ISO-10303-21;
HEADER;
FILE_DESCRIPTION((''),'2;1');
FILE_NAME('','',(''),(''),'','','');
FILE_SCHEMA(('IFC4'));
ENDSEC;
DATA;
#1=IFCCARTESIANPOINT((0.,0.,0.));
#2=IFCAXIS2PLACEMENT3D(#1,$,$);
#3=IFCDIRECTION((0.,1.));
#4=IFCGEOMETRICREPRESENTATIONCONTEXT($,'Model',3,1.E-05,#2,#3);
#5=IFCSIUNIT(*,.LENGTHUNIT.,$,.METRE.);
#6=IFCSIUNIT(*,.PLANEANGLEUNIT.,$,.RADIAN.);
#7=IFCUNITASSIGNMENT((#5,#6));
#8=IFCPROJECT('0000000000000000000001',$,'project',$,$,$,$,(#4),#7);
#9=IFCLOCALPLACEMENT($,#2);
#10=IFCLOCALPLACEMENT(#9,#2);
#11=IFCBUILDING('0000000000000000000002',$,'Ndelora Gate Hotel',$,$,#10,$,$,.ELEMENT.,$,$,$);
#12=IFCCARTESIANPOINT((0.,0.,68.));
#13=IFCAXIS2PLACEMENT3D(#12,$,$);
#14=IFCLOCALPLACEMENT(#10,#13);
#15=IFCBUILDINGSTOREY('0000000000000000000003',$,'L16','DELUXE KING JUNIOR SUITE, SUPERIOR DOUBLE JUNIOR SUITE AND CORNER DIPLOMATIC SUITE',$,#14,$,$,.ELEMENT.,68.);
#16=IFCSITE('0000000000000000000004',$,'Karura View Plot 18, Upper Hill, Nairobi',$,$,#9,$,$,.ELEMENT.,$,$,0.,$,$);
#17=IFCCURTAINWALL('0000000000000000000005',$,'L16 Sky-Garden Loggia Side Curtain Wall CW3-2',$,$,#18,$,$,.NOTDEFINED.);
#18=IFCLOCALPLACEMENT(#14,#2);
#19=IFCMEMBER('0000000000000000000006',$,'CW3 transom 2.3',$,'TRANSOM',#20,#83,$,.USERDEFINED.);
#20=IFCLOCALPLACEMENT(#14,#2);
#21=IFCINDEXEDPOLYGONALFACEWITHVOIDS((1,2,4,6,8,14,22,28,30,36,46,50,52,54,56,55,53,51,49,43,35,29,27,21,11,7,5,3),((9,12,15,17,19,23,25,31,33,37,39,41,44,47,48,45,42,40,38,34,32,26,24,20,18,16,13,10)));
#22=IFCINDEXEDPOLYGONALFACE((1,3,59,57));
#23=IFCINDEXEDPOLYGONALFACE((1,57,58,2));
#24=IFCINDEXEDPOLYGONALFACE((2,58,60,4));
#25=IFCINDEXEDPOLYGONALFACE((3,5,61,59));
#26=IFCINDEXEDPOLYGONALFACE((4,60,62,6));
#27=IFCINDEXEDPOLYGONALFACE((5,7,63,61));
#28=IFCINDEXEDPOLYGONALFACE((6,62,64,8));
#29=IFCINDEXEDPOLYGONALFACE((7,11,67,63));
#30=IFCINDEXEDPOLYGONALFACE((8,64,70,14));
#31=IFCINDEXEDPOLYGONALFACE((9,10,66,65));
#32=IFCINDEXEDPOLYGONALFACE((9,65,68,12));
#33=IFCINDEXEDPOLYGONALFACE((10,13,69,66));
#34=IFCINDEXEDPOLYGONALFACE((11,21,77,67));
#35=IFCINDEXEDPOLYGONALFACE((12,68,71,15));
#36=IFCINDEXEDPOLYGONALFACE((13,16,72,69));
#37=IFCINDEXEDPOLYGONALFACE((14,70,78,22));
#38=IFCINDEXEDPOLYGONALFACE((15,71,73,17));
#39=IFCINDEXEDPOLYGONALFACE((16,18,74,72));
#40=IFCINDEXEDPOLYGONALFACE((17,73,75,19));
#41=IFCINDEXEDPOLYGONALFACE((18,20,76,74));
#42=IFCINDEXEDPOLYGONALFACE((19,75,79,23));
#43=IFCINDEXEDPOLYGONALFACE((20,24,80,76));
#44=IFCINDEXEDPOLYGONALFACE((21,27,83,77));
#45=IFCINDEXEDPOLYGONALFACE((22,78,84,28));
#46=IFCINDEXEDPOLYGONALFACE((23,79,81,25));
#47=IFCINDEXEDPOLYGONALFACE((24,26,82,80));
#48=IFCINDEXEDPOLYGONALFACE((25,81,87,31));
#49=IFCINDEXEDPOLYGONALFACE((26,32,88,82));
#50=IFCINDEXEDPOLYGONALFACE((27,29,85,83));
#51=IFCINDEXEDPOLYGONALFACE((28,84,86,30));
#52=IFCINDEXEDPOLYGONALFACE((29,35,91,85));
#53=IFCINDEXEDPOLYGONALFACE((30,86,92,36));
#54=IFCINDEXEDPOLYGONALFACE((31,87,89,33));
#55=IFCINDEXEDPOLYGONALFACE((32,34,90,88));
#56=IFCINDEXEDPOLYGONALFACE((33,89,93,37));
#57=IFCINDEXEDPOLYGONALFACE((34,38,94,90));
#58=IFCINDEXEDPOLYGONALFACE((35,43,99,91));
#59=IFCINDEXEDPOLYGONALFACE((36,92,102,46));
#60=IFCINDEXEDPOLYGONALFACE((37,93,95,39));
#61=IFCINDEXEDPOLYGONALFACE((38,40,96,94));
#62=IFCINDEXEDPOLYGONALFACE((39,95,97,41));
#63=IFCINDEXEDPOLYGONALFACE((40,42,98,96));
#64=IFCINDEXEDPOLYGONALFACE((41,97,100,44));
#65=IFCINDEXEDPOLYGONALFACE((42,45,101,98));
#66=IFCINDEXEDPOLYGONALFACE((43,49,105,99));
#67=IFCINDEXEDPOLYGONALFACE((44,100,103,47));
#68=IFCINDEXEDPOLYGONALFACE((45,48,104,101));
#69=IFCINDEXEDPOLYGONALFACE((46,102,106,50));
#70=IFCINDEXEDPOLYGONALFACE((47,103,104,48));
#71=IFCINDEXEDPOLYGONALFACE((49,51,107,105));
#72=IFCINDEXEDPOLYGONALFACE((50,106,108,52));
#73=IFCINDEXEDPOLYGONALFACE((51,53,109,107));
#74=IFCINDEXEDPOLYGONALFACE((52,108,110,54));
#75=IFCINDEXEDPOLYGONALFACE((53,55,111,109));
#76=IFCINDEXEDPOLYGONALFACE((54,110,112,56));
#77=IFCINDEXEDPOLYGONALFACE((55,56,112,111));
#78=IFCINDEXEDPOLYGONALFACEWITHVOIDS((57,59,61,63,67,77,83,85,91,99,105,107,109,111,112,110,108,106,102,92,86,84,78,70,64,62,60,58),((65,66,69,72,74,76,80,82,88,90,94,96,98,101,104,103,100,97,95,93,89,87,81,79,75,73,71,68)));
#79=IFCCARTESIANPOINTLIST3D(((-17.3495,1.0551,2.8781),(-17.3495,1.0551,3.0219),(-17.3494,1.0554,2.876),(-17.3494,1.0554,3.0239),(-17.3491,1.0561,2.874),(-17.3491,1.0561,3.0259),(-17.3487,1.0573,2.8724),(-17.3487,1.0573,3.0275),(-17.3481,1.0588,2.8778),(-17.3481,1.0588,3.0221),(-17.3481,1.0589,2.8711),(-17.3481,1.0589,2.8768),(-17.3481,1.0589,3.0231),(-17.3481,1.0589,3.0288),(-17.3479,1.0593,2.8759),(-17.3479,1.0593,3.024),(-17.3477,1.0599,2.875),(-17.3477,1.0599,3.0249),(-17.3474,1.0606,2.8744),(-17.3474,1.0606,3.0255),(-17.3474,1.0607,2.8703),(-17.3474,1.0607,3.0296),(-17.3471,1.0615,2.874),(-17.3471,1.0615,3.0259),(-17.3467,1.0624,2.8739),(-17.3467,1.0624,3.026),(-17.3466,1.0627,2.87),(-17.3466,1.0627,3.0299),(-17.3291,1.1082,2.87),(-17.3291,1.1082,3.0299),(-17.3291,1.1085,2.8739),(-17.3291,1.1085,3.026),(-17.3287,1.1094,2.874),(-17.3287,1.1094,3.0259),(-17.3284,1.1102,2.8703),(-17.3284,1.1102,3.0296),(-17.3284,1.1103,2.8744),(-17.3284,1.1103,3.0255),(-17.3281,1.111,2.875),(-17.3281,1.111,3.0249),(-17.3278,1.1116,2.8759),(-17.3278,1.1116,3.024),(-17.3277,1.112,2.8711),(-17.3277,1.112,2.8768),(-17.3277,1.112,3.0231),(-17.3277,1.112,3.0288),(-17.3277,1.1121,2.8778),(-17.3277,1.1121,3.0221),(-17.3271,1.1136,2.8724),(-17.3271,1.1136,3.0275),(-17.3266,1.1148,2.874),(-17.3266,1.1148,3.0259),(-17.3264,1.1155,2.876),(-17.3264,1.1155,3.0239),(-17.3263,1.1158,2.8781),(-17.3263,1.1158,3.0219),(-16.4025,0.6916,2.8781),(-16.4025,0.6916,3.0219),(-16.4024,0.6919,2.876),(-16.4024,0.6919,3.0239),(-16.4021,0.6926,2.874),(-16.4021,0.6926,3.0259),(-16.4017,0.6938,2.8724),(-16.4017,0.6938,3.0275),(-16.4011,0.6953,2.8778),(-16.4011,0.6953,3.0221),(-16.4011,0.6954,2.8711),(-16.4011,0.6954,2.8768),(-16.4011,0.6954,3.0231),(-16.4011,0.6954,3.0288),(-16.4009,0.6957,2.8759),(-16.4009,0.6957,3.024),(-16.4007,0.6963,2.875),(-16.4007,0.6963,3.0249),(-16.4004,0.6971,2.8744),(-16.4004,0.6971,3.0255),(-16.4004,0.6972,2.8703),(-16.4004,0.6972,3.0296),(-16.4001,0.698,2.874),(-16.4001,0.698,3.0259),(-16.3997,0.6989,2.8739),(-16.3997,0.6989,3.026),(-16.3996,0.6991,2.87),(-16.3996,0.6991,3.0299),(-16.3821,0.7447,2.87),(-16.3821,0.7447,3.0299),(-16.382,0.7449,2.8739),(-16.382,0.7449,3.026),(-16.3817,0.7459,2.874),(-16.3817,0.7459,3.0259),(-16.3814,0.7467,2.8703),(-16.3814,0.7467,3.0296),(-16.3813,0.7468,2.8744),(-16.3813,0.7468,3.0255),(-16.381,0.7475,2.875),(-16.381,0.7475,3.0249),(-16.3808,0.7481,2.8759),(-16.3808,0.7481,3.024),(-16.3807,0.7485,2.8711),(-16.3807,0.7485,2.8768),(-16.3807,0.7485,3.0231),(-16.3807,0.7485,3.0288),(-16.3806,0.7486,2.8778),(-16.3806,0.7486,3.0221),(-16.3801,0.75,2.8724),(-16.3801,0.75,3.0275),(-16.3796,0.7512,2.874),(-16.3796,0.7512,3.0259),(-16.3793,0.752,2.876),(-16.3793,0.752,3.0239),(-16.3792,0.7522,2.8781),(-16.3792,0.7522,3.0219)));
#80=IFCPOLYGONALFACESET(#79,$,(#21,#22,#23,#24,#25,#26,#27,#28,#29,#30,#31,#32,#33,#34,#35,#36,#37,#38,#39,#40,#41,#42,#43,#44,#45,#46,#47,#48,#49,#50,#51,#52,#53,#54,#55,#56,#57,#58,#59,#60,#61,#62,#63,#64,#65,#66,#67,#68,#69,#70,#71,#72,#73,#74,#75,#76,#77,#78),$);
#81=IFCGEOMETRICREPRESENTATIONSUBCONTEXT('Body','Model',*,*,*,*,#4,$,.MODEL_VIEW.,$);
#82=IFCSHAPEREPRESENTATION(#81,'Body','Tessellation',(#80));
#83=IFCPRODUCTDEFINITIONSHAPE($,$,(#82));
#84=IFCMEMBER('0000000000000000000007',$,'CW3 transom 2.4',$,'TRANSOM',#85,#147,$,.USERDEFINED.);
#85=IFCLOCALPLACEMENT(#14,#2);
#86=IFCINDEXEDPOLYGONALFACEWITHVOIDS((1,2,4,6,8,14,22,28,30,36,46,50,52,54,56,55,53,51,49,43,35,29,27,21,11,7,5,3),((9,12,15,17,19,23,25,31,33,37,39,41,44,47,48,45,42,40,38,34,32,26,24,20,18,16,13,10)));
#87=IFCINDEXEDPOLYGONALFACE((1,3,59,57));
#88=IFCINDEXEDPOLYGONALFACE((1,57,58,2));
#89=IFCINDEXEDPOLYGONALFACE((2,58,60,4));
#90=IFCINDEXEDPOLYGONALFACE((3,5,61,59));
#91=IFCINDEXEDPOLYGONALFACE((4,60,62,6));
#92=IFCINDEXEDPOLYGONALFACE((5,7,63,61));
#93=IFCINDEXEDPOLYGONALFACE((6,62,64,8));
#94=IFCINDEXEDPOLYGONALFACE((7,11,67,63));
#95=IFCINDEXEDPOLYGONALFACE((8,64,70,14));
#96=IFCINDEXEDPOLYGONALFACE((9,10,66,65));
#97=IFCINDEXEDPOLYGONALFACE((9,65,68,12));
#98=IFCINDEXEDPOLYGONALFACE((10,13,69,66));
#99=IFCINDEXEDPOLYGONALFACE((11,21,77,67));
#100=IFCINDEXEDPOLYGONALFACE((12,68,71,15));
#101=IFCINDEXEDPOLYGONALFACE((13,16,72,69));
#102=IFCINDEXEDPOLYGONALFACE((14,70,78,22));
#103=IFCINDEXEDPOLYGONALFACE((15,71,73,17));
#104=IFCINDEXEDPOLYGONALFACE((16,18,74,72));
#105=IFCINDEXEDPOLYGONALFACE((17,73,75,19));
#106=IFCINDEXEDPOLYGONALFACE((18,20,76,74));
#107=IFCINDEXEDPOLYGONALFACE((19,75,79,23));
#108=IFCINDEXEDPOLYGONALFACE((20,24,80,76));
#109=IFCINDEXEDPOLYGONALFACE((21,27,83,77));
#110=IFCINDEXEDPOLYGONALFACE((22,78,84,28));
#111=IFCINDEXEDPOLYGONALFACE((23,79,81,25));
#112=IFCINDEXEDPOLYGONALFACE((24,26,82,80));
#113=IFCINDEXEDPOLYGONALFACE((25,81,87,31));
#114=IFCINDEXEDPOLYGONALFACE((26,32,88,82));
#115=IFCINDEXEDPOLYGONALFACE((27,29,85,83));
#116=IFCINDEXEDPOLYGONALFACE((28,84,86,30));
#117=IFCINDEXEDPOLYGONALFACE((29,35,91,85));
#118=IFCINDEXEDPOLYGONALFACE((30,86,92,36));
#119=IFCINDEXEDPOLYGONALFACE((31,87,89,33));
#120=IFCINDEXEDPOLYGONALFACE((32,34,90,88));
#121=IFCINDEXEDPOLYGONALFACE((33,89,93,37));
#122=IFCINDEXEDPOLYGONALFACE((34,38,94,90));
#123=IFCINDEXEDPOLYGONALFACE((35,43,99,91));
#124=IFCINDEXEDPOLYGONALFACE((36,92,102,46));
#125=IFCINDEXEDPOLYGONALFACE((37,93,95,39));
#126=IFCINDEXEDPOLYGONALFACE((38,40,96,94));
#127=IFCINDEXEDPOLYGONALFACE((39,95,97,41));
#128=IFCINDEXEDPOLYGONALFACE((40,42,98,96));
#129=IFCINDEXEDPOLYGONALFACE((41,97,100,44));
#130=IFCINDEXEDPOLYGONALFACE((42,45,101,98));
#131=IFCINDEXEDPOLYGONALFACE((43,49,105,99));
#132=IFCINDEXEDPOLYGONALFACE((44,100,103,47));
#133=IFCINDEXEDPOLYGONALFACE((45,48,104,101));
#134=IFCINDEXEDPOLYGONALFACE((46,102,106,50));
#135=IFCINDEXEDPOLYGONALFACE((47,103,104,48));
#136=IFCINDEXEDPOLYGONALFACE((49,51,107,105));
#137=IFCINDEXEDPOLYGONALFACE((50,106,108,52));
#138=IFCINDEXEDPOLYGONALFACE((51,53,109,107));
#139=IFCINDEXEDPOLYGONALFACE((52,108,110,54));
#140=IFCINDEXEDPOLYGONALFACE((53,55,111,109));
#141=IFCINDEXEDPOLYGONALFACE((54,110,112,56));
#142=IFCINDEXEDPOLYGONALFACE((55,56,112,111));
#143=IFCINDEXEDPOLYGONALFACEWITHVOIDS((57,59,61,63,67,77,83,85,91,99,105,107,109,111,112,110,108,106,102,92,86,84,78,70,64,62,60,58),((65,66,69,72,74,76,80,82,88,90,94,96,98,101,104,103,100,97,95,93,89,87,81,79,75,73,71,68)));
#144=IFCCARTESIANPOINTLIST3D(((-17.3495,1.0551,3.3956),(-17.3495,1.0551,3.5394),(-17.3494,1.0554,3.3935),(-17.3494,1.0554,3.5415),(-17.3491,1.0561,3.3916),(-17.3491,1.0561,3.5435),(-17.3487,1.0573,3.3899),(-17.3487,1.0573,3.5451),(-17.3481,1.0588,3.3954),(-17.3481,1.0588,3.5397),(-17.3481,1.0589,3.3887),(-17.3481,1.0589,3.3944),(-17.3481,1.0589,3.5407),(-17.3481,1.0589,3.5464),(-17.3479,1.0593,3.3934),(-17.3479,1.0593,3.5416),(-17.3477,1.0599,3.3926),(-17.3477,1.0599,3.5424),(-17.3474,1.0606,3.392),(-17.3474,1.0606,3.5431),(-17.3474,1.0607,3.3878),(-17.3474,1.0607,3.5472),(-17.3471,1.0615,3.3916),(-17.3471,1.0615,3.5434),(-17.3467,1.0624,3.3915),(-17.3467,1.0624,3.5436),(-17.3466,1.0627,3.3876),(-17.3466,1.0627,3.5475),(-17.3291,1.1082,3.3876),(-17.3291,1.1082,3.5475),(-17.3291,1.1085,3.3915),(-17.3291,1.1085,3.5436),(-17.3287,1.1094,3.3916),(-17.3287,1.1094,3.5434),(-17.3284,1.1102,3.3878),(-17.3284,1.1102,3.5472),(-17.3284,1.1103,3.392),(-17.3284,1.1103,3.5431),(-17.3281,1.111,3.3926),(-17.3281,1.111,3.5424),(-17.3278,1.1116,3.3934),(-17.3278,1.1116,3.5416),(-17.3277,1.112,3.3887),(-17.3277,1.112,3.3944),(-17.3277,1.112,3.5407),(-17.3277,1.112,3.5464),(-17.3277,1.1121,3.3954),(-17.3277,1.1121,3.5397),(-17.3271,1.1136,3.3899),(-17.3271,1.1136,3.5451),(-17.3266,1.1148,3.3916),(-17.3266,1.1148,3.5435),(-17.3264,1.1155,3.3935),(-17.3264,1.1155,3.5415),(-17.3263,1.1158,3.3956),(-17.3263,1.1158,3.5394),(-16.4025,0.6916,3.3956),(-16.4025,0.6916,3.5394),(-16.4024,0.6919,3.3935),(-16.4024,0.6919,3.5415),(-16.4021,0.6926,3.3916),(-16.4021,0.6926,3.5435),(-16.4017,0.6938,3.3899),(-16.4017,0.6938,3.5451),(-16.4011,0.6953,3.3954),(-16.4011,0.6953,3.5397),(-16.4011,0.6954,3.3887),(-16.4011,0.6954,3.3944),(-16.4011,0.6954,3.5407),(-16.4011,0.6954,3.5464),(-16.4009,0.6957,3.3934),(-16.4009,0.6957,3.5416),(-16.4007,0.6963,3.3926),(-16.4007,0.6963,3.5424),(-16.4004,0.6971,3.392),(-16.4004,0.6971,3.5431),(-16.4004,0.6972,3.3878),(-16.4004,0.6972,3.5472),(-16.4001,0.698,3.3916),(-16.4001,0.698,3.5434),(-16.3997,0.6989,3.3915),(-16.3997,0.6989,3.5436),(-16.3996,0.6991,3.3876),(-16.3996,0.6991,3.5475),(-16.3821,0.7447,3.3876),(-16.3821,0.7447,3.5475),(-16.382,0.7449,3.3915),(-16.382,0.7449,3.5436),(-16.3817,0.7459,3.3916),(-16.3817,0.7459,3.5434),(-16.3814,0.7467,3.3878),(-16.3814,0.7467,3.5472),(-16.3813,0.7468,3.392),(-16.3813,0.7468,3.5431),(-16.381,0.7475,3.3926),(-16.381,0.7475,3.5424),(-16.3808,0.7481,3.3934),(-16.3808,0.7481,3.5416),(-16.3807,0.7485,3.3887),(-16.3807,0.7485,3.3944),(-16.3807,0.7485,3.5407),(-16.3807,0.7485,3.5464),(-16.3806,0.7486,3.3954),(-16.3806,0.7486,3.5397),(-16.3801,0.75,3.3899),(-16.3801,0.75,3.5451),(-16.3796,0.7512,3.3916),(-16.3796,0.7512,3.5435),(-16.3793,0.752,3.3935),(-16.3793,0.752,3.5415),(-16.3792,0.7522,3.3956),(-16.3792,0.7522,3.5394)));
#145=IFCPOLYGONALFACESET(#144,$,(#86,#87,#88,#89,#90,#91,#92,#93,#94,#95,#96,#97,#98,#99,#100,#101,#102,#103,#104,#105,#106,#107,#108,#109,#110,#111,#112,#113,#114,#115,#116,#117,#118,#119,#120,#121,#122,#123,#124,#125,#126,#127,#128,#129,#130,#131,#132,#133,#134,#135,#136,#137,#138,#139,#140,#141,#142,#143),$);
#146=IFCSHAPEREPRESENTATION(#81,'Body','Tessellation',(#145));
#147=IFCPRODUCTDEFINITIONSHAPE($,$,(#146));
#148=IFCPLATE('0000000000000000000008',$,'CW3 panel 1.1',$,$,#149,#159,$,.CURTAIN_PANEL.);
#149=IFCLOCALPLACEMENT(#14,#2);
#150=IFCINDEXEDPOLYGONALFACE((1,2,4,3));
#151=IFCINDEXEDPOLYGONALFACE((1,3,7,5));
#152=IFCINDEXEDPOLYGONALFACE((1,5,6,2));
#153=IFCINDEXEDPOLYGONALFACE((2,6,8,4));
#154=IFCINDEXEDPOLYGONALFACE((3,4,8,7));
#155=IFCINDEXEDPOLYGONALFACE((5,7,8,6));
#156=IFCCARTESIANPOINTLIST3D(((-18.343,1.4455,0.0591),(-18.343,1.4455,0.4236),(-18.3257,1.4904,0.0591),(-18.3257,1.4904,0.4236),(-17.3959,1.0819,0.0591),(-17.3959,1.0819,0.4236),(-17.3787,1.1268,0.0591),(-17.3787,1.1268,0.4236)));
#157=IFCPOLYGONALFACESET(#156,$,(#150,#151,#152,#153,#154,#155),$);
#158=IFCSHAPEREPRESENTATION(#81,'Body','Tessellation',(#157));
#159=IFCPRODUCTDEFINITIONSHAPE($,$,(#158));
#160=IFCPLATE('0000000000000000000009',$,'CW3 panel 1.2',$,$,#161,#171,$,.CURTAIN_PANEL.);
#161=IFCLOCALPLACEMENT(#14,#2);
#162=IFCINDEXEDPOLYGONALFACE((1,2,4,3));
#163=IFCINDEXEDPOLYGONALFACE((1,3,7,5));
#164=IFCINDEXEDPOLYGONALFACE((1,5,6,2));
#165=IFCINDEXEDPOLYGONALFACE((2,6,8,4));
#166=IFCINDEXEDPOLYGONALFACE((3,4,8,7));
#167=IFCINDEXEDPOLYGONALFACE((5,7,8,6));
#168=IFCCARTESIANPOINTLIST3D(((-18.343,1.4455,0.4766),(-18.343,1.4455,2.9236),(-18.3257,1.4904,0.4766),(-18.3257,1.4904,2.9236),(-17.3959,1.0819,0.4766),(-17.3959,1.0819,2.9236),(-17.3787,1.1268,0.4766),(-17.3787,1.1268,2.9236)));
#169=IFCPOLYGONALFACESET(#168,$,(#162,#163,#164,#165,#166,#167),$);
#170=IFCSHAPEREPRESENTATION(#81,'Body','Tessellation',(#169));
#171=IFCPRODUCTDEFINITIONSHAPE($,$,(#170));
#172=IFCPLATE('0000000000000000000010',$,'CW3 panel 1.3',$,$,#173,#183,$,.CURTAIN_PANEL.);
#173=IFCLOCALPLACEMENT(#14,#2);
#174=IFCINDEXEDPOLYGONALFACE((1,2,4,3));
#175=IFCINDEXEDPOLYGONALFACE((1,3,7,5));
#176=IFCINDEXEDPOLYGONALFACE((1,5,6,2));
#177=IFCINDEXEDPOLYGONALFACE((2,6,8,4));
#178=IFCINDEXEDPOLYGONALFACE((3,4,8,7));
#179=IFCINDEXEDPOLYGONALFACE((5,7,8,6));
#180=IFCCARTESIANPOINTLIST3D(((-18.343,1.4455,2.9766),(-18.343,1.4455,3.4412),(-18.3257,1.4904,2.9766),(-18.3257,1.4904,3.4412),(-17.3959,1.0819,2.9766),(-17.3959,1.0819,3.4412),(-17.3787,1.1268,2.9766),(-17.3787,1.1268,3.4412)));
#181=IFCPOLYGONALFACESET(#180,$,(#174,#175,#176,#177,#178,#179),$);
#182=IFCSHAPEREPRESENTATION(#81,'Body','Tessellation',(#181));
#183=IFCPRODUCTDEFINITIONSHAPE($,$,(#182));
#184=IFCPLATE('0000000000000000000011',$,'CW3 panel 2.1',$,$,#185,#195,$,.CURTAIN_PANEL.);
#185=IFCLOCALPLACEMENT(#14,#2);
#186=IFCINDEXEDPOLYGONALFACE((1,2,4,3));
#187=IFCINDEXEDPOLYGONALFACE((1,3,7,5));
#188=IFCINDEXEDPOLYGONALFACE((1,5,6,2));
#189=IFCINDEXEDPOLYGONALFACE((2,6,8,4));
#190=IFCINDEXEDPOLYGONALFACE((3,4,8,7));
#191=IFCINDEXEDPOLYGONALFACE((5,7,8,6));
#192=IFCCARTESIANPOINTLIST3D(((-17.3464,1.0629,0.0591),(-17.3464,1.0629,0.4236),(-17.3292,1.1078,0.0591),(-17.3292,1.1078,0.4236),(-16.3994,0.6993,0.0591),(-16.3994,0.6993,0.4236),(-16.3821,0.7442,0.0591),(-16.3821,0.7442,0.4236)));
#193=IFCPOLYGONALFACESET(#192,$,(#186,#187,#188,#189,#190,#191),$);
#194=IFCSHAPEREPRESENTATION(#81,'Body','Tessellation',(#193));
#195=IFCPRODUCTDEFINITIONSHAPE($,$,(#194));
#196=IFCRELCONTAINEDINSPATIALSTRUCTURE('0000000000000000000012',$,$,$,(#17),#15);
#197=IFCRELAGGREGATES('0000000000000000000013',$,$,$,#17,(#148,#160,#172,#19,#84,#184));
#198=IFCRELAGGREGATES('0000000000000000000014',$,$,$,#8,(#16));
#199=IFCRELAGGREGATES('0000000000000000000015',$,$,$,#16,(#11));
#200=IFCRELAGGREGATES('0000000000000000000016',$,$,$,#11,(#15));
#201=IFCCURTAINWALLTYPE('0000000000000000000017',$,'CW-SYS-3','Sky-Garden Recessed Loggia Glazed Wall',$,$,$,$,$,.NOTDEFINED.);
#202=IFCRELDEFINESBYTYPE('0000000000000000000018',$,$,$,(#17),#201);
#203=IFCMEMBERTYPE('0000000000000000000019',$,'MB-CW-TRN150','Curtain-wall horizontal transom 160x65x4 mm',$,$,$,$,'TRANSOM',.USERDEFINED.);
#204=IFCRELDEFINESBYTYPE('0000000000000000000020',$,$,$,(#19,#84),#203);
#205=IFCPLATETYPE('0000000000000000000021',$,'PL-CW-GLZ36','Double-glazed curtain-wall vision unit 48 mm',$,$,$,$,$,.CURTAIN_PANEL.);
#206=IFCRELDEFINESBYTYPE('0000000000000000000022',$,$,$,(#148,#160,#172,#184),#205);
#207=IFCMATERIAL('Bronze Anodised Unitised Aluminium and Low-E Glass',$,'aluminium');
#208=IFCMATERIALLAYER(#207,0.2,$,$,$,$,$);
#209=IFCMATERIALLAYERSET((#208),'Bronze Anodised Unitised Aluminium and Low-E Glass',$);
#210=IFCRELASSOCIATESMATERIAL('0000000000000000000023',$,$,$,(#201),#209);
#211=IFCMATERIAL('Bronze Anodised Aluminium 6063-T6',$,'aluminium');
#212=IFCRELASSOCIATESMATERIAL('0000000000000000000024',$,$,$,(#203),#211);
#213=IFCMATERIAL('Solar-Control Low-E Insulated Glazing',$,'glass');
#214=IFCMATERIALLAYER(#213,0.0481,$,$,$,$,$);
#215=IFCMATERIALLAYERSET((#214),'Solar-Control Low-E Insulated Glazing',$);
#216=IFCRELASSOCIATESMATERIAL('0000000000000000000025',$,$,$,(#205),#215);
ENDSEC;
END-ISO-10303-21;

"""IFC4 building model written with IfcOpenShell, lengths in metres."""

from ifc_helpers import new_model, si_unit, direction, frame, origin, origin_2d, place, context, subcontext, project, spatial, rectangle, hollow_rectangle, extrude, material, layer, layer_set, material_profile, profile_set, type_object, element, aggregate, save


model = new_model("IFC4")

# Units and contexts
model_context = context("Model", 3, precision=1e-05, world=origin(), true_north=direction((0.0, 1.0)))
body_context = subcontext(model_context, "Body", "Model", "MODEL_VIEW")
ifc_project = project(units=[si_unit("LENGTHUNIT", "METRE"), si_unit("PLANEANGLEUNIT", "RADIAN")], contexts=[model_context])

# Site, building, storey
site_placement = place(None, origin())
site = spatial("IfcSite", under=ifc_project, at=site_placement, Name="Karura View Plot 18, Upper Hill, Nairobi", CompositionType="ELEMENT", RefElevation=0.0)
building_placement = place(site_placement, origin())
building = spatial("IfcBuilding", under=site, at=building_placement, Name="Ndelora Gate Hotel", CompositionType="ELEMENT")
storey_placement = place(building_placement, frame((0.0, 0.0, 68.0)))
storey = spatial("IfcBuildingStorey", under=building, at=storey_placement, Name="L16", Description="DELUXE KING JUNIOR SUITE, SUPERIOR DOUBLE JUNIOR SUITE AND CORNER DIPLOMATIC SUITE", CompositionType="ELEMENT", Elevation=68.0)

# Curtain wall, members, plates
ifc_material_1 = material(Name="Bronze Anodised Unitised Aluminium and Low-E Glass", Category="aluminium")
ifc_layer_1 = layer(ifc_material_1, 0.2)
ifc_layer_set_1 = layer_set([ifc_layer_1], Name="Bronze Anodised Unitised Aluminium and Low-E Glass")
curtain_wall_type = type_object("IfcCurtainWallType", Name="CW-SYS-3", Description="Sky-Garden Recessed Loggia Glazed Wall", PredefinedType="NOTDEFINED", material=ifc_layer_set_1)
curtain_wall_placement = place(storey_placement, origin())
curtain_wall = element("IfcCurtainWall", 1, at=curtain_wall_placement, inside=storey, type_object=curtain_wall_type, Name="L16 Sky-Garden Loggia Side Curtain Wall CW3-2", PredefinedType="NOTDEFINED")
ifc_material_2 = material(Name="Bronze Anodised Aluminium 6063-T6", Category="aluminium")
ifc_material_profile_1 = material_profile(ifc_material_2, hollow_rectangle(XDim=0.0649, YDim=0.1599, WallThickness=0.0039, InnerFilletRadius=0.0039, OuterFilletRadius=0.0081, at=origin_2d()), Name="ALU 160x65x4")
ifc_profile_set_1 = profile_set([ifc_material_profile_1], Name="Bronze Anodised Aluminium 6063-T6")
member_type_1 = type_object("IfcMemberType", Name="MB-CW-TRN150", Description="Curtain-wall horizontal transom 160x65x4 mm", ElementType="TRANSOM", PredefinedType="USERDEFINED", material=ifc_profile_set_1)
member_1_placement = place(storey_placement, frame((-17.3379, 1.0854, 2.95), z_axis=(0.933581, -0.358366, 0.0), x_axis=(0.358366, 0.933581, 0.0)))
member_1 = element("IfcMember", 2, at=member_1_placement, type_object=member_type_1, Name="CW3 transom 2.3", ObjectType="TRANSOM", PredefinedType="USERDEFINED", context=body_context, shape_type="SweptSolid", body=[
    extrude(hollow_rectangle(XDim=0.0649, YDim=0.1599, WallThickness=0.0039, InnerFilletRadius=0.0039, OuterFilletRadius=0.0081, at=origin_2d()), origin(), (0.0, 0.0, 1.0), 1.0144),
])
member_2_placement = place(storey_placement, frame((-17.3379, 1.0854, 3.4675), z_axis=(0.933581, -0.358366, 0.0), x_axis=(0.358366, 0.933581, 0.0)))
member_2 = element("IfcMember", 3, at=member_2_placement, type_object=member_type_1, Name="CW3 transom 2.4", ObjectType="TRANSOM", PredefinedType="USERDEFINED", context=body_context, shape_type="SweptSolid", body=[
    extrude(hollow_rectangle(XDim=0.0649, YDim=0.1599, WallThickness=0.0039, InnerFilletRadius=0.0039, OuterFilletRadius=0.0081, at=origin_2d()), origin(), (0.0, 0.0, 1.0), 1.0144),
])
ifc_material_3 = material(Name="Solar-Control Low-E Insulated Glazing", Category="glass")
ifc_layer_2 = layer(ifc_material_3, 0.0481)
ifc_layer_set_2 = layer_set([ifc_layer_2], Name="Solar-Control Low-E Insulated Glazing")
plate_type = type_object("IfcPlateType", Name="PL-CW-GLZ36", Description="Double-glazed curtain-wall vision unit 48 mm", PredefinedType="CURTAIN_PANEL", material=ifc_layer_set_2)
plate_1_placement = place(storey_placement, frame((-17.8608, 1.2861, 0.0591), z_axis=(0.0, 0.0, 1.0), x_axis=(0.933577, -0.358376, 0.0)))
plate_1 = element("IfcPlate", 4, at=plate_1_placement, type_object=plate_type, Name="CW3 panel 1.1", PredefinedType="CURTAIN_PANEL", context=body_context, shape_type="SweptSolid", body=[
    extrude(rectangle(XDim=1.0144, YDim=0.0481, at=origin_2d()), origin(), (0.0, 0.0, 1.0), 0.3645),
])
plate_2_placement = place(storey_placement, frame((-17.8608, 1.2861, 0.4766), z_axis=(0.0, 0.0, 1.0), x_axis=(0.933577, -0.358376, 0.0)))
plate_2 = element("IfcPlate", 5, at=plate_2_placement, type_object=plate_type, Name="CW3 panel 1.2", PredefinedType="CURTAIN_PANEL", context=body_context, shape_type="SweptSolid", body=[
    extrude(rectangle(XDim=1.0144, YDim=0.0481, at=origin_2d()), origin(), (0.0, 0.0, 1.0), 2.447),
])
plate_3_placement = place(storey_placement, frame((-17.8608, 1.2861, 2.9766), z_axis=(0.0, 0.0, 1.0), x_axis=(0.933577, -0.358376, 0.0)))
plate_3 = element("IfcPlate", 6, at=plate_3_placement, type_object=plate_type, Name="CW3 panel 1.3", PredefinedType="CURTAIN_PANEL", context=body_context, shape_type="SweptSolid", body=[
    extrude(rectangle(XDim=1.0144, YDim=0.0481, at=origin_2d()), origin(), (0.0, 0.0, 1.0), 0.4646),
])
plate_4_placement = place(storey_placement, frame((-16.8643, 0.9036, 0.0591), z_axis=(0.0, 0.0, 1.0), x_axis=(0.933577, -0.358376, 0.0)))
plate_4 = element("IfcPlate", 7, at=plate_4_placement, type_object=plate_type, Name="CW3 panel 2.1", PredefinedType="CURTAIN_PANEL", context=body_context, shape_type="SweptSolid", body=[
    extrude(rectangle(XDim=1.0144, YDim=0.0481, at=origin_2d()), origin(), (0.0, 0.0, 1.0), 0.3645),
])
aggregate(curtain_wall, [plate_1, plate_2, plate_3, member_1, member_2, plate_4])

save(model, "model.ifc")
